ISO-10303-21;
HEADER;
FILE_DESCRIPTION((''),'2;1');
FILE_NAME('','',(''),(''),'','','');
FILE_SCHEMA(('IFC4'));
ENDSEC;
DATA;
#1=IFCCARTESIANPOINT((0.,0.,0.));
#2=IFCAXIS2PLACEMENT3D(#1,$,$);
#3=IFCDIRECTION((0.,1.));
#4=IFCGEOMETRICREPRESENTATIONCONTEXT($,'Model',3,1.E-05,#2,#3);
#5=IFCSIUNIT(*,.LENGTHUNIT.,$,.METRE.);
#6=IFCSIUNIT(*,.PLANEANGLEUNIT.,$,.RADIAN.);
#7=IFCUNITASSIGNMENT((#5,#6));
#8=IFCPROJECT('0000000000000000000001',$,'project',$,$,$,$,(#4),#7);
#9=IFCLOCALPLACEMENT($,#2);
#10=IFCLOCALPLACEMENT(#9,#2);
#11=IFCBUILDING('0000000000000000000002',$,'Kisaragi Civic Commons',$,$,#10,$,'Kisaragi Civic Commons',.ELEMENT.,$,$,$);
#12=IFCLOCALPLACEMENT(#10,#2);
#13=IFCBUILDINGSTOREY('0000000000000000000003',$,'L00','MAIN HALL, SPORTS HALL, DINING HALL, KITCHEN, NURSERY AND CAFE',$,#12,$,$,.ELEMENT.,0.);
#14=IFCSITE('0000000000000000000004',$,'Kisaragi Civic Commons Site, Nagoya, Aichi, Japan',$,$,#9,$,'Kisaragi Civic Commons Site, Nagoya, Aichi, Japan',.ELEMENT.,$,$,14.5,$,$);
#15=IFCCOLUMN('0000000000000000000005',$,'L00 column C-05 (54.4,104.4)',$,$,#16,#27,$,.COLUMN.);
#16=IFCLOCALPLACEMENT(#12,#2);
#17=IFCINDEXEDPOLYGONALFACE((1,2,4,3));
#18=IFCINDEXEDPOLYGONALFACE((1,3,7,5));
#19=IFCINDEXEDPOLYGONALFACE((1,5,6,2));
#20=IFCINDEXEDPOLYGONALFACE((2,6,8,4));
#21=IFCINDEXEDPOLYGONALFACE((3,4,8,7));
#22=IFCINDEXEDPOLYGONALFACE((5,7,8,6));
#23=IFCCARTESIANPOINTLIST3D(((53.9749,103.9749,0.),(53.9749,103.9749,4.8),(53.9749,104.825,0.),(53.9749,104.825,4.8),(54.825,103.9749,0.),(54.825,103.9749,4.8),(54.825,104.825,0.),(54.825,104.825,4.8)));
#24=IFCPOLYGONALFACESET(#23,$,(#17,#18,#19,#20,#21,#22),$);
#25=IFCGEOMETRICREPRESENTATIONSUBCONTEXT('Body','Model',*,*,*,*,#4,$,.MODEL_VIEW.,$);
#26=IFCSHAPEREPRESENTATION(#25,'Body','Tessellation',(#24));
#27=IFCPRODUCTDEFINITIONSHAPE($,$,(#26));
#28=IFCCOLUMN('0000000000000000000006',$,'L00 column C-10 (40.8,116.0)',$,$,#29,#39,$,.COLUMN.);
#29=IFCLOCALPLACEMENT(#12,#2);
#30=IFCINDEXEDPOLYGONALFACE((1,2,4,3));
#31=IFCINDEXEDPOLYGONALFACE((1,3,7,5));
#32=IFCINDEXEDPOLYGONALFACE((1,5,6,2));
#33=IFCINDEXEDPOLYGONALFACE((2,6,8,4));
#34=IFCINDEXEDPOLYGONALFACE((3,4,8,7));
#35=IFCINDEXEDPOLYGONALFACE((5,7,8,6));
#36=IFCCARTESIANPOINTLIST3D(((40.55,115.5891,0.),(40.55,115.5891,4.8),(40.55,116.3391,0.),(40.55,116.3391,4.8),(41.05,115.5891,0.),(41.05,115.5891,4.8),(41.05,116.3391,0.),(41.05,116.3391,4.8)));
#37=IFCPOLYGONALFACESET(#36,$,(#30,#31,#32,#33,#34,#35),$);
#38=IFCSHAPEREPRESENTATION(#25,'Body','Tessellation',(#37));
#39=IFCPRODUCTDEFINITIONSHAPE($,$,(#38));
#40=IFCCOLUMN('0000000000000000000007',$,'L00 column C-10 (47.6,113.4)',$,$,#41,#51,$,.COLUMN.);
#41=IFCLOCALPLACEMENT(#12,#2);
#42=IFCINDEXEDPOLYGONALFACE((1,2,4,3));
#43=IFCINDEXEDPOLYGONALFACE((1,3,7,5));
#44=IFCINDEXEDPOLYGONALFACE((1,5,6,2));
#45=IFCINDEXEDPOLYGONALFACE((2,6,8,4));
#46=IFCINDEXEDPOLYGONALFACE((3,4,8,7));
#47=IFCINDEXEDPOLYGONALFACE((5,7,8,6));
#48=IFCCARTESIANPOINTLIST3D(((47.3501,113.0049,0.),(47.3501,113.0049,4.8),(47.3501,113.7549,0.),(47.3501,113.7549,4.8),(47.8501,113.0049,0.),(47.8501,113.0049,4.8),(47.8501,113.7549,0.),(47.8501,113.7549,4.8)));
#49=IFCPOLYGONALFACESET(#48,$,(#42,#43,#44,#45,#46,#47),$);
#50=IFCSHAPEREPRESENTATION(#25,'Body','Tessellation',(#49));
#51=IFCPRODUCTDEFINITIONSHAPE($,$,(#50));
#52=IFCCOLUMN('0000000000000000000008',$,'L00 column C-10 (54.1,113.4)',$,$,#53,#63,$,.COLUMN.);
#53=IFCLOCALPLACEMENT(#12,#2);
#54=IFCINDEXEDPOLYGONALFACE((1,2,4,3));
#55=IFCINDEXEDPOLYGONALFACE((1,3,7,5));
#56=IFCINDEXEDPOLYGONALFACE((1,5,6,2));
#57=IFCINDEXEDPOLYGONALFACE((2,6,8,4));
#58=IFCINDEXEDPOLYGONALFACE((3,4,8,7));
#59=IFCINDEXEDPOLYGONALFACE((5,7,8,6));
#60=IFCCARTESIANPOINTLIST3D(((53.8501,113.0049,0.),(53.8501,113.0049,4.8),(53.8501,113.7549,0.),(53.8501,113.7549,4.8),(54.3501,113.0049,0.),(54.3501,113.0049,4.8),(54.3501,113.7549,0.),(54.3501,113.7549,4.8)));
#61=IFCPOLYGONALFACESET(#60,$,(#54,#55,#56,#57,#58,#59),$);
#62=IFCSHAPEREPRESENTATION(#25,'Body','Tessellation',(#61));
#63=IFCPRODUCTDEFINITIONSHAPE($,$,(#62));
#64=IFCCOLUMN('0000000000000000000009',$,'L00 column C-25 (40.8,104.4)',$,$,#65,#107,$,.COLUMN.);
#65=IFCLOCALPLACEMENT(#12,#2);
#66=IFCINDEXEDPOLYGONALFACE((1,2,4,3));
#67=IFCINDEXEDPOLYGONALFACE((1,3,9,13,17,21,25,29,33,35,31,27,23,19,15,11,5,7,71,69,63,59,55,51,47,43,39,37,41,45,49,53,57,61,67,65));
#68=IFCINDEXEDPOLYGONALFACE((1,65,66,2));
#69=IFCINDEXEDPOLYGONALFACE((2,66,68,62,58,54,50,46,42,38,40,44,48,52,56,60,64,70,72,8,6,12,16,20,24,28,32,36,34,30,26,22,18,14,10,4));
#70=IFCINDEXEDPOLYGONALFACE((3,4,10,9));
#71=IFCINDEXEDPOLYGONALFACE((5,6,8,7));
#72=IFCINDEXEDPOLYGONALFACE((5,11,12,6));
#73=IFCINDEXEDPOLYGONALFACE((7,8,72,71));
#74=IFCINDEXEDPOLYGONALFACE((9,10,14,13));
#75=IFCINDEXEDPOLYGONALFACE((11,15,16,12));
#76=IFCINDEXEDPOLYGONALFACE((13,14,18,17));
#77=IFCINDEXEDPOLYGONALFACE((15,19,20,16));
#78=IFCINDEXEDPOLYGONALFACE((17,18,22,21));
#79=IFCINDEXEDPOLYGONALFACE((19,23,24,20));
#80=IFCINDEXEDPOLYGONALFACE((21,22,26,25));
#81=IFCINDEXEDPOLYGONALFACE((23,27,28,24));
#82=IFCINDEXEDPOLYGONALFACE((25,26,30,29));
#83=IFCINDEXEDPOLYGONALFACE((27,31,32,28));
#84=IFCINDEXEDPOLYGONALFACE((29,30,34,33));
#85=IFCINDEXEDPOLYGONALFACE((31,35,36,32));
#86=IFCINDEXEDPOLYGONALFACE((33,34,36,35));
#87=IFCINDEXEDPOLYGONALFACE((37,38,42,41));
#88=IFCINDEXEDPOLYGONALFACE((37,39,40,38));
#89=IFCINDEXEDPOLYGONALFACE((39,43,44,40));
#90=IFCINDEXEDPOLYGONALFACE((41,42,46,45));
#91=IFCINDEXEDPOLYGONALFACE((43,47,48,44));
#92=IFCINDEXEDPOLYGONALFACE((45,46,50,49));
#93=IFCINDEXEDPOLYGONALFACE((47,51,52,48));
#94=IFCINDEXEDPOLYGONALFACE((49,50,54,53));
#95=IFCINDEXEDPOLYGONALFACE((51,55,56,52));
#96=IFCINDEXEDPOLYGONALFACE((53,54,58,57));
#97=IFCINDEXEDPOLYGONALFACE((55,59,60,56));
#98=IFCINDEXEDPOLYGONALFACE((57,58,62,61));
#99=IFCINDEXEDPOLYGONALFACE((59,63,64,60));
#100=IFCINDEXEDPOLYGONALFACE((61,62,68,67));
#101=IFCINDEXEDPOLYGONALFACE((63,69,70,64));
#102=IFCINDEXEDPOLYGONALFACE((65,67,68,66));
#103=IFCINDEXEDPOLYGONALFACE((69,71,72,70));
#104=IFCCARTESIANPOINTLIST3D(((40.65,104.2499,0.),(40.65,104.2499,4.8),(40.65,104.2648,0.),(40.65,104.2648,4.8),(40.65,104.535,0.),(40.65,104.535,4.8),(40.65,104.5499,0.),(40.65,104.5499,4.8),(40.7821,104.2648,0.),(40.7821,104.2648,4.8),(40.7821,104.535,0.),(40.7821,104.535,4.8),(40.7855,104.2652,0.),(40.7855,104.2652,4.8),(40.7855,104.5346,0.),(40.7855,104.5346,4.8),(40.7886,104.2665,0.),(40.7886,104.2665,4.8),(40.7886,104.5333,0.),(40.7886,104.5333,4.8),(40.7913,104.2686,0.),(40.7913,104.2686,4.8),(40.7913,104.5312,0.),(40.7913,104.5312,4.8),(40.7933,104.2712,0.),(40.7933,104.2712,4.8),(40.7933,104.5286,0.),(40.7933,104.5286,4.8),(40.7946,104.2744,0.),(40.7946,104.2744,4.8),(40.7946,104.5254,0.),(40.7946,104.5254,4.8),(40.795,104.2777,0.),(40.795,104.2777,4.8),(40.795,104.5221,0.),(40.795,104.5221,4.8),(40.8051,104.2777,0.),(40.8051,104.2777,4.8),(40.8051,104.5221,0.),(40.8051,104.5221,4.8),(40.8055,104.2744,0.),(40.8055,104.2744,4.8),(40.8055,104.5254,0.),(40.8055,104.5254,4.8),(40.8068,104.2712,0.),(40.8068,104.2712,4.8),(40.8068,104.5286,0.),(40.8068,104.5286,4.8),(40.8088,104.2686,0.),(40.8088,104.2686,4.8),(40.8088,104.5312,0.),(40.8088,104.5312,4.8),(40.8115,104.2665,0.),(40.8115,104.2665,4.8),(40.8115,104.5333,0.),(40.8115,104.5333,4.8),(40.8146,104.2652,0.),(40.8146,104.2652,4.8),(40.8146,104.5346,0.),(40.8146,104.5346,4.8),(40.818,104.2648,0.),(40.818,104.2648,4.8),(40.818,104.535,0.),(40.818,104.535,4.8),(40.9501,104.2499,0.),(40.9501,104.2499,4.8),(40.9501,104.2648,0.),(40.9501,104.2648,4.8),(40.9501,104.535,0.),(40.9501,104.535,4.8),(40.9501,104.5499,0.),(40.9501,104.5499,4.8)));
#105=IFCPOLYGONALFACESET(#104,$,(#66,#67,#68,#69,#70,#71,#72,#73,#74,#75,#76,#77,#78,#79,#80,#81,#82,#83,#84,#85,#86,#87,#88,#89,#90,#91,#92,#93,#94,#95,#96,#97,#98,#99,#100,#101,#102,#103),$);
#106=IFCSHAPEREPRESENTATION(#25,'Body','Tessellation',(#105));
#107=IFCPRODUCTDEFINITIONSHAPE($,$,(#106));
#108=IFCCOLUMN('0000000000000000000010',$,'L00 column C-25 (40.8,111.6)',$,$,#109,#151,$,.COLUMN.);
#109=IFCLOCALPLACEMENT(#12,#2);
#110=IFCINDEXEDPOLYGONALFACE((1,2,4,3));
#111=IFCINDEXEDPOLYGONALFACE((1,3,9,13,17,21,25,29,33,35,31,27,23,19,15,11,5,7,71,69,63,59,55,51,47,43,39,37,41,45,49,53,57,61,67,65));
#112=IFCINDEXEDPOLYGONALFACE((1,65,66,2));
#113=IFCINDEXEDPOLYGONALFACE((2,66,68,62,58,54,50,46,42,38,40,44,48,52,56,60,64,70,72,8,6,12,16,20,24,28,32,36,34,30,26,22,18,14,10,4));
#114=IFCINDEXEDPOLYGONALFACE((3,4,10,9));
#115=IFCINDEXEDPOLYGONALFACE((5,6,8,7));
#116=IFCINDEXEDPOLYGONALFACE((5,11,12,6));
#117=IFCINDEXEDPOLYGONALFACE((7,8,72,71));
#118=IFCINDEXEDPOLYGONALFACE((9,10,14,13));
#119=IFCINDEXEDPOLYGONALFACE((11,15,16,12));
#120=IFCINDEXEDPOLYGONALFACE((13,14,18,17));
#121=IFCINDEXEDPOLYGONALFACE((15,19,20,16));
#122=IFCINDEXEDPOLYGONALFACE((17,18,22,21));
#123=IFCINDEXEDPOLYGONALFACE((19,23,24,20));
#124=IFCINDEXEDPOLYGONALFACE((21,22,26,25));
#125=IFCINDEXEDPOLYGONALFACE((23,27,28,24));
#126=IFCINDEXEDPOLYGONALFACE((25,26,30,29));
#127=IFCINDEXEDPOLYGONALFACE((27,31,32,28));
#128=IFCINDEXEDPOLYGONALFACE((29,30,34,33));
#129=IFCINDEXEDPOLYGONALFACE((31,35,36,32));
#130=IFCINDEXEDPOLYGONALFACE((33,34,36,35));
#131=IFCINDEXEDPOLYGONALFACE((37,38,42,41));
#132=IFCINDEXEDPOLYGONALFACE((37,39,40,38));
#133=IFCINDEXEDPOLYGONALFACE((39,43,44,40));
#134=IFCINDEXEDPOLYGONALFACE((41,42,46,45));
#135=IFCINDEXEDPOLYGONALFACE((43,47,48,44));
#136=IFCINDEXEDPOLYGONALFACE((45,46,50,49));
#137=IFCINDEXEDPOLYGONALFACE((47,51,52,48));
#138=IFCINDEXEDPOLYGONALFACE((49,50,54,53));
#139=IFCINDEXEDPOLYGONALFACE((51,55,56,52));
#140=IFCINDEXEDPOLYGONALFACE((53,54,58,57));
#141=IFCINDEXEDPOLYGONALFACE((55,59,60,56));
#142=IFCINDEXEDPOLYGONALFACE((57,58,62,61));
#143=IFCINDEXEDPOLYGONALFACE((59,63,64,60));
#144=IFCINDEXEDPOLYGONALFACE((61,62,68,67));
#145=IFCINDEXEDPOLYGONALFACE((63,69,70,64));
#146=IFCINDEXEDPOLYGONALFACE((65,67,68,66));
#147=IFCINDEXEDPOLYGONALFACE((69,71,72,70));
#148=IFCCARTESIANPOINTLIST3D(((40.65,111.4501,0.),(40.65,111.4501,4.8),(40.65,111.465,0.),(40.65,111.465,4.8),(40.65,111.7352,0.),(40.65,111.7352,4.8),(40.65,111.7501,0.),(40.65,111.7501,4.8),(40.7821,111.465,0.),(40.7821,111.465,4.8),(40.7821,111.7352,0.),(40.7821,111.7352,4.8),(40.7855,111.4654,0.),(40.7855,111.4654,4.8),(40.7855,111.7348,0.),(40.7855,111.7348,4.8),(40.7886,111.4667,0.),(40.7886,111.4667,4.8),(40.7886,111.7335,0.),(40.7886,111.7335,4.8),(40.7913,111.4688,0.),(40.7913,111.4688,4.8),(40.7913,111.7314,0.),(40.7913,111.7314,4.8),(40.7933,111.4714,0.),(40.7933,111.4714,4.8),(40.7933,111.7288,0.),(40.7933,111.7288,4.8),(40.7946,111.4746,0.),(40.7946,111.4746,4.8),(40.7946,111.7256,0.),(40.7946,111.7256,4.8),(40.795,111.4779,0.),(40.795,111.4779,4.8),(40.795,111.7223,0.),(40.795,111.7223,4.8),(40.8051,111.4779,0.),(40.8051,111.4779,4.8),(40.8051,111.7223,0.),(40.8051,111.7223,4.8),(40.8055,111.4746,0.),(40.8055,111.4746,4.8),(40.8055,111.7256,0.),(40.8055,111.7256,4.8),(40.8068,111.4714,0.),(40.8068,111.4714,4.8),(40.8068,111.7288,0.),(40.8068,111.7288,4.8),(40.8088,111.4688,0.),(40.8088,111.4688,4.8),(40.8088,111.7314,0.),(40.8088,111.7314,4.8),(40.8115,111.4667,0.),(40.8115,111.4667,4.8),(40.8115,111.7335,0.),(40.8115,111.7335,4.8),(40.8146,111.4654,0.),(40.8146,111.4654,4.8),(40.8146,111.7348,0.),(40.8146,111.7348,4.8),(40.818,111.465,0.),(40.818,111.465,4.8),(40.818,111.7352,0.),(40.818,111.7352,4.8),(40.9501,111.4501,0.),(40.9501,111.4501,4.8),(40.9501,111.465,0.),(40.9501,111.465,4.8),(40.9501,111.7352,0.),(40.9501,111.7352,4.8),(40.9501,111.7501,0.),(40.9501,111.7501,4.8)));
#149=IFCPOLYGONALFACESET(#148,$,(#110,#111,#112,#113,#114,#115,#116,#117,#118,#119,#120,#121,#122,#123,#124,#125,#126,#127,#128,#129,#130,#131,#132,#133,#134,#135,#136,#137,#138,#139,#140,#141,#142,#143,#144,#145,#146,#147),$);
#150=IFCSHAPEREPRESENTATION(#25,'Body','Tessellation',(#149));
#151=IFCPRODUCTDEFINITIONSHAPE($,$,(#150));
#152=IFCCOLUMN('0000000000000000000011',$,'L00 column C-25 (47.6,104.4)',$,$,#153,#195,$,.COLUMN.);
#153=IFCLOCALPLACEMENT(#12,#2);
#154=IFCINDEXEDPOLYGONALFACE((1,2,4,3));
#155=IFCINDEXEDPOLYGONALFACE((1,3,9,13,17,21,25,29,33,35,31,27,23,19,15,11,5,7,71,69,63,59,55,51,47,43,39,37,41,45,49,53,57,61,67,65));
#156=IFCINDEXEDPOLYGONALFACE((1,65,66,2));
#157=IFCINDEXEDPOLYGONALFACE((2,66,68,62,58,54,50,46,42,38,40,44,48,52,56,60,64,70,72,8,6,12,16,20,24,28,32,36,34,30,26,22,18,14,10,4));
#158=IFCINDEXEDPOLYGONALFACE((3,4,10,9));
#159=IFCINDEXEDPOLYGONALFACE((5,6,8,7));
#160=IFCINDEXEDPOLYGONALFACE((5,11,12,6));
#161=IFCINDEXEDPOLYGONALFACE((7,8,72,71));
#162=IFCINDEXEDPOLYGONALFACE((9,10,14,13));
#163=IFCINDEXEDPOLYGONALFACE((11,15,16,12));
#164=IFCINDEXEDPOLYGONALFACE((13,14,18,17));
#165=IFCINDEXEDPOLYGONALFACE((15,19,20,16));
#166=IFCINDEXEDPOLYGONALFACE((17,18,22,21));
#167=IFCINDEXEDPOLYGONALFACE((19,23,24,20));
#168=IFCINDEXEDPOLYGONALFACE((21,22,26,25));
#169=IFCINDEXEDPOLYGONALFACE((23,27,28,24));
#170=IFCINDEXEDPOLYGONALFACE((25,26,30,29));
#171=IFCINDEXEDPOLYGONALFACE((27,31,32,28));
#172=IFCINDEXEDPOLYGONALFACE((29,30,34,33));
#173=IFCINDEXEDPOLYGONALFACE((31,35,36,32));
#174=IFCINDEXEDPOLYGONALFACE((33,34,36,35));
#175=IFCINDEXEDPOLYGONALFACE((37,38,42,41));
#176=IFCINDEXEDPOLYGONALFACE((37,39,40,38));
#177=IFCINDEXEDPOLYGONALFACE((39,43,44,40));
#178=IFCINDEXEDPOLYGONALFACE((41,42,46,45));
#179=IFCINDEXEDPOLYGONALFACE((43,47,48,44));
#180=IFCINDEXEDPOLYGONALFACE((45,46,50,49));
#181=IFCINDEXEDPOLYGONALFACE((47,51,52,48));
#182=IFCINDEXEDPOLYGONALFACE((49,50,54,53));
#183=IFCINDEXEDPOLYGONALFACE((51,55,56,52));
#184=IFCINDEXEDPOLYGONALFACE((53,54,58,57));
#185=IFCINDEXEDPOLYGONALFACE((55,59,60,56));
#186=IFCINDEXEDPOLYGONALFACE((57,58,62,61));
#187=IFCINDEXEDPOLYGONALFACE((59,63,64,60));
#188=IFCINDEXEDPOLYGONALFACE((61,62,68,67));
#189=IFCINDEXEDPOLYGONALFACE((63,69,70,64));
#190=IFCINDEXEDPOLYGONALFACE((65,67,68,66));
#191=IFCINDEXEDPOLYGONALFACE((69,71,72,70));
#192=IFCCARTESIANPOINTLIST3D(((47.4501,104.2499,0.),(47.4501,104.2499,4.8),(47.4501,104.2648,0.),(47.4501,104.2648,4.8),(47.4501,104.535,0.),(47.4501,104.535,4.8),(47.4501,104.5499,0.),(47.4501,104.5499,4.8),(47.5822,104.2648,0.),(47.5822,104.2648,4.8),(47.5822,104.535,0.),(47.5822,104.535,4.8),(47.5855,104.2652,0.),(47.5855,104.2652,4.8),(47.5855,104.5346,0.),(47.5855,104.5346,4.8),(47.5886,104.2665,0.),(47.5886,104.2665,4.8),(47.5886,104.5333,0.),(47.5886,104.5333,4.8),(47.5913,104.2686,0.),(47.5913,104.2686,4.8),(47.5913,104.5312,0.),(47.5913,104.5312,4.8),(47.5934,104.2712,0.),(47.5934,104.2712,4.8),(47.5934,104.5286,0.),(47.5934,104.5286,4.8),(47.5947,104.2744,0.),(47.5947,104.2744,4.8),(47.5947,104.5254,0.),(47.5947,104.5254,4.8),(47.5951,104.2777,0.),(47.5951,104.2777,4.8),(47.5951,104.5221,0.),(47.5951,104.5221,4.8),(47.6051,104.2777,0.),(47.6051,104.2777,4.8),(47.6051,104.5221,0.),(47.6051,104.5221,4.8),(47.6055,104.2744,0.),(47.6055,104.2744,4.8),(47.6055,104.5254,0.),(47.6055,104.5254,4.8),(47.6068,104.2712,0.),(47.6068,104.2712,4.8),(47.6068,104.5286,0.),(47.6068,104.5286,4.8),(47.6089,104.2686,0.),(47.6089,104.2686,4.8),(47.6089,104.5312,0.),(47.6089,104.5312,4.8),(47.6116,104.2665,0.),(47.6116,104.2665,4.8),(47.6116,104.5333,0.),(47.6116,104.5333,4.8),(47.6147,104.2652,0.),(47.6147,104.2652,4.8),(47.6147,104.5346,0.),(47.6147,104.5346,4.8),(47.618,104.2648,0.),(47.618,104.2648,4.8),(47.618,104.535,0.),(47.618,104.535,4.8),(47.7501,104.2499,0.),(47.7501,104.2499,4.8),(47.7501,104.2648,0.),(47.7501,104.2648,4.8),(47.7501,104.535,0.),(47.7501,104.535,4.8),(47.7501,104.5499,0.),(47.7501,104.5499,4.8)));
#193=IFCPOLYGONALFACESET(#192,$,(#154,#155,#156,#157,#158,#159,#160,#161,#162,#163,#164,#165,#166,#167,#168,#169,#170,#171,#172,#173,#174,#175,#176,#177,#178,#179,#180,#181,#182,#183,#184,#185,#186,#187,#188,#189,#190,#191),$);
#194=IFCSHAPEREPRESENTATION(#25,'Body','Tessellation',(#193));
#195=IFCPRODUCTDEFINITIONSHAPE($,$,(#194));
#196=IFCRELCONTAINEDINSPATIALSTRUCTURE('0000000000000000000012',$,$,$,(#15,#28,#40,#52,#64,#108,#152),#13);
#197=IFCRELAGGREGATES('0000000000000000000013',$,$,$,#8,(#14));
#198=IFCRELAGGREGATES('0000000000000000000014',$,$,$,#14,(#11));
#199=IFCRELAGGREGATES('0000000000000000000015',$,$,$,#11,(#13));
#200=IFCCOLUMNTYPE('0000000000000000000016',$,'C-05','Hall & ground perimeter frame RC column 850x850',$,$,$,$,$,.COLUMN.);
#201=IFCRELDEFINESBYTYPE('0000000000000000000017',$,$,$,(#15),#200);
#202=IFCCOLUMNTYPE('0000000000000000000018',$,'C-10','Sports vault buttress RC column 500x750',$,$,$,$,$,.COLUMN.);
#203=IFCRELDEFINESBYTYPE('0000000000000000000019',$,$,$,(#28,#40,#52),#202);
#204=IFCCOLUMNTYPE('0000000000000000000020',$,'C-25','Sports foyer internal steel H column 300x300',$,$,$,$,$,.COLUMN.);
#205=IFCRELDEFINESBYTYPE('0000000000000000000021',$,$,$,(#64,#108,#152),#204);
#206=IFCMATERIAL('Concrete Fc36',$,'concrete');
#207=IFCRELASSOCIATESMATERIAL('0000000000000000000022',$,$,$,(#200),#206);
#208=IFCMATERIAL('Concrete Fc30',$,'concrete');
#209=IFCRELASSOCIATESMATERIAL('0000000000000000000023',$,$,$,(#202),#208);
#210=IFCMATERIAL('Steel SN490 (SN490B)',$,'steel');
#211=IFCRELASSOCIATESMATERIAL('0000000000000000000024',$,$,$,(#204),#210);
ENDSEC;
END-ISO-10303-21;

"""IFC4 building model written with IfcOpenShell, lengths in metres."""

from ifc_helpers import new_model, si_unit, direction, frame, origin, origin_2d, place, context, subcontext, project, spatial, rectangle, i_section, extrude, material, material_profile, profile_set, type_object, element, save


model = new_model("IFC4")

# Units and contexts
model_context = context("Model", 3, precision=1e-05, world=origin(), true_north=direction((0.0, 1.0)))
body_context = subcontext(model_context, "Body", "Model", "MODEL_VIEW")
ifc_project = project(units=[si_unit("LENGTHUNIT", "METRE"), si_unit("PLANEANGLEUNIT", "RADIAN")], contexts=[model_context])

# Site, building, storey
site_placement = place(None, origin())
site = spatial("IfcSite", under=ifc_project, at=site_placement, Name="Kisaragi Civic Commons Site, Nagoya, Aichi, Japan", LongName="Kisaragi Civic Commons Site, Nagoya, Aichi, Japan", CompositionType="ELEMENT", RefElevation=14.5)
building_placement = place(site_placement, origin())
building = spatial("IfcBuilding", under=site, at=building_placement, Name="Kisaragi Civic Commons", LongName="Kisaragi Civic Commons", CompositionType="ELEMENT")
storey_placement = place(building_placement, origin())
storey = spatial("IfcBuildingStorey", under=building, at=storey_placement, Name="L00", Description="MAIN HALL, SPORTS HALL, DINING HALL, KITCHEN, NURSERY AND CAFE", CompositionType="ELEMENT", Elevation=0.0)

# Columns
ifc_material_1 = material(Name="Concrete Fc36", Category="concrete")
ifc_material_profile_1 = material_profile(ifc_material_1, rectangle(XDim=0.8501, YDim=0.8501, at=origin_2d()), Name="RC-850x850", Category="concrete")
ifc_profile_set_1 = profile_set([ifc_material_profile_1], Name="Concrete Fc36")
column_type_1 = type_object("IfcColumnType", Name="C-05", Description="Hall & ground perimeter frame RC column 850x850", PredefinedType="COLUMN", material=ifc_profile_set_1)
column_placement = place(storey_placement, frame((54.3999, 104.3999, 0.0), z_axis=(0.0, 0.0, 1.0), x_axis=(1.0, 0.0, 0.0)))
element("IfcColumn", 1, at=column_placement, inside=storey, type_object=column_type_1, Name="L00 column C-05 (54.4,104.4)", PredefinedType="COLUMN", context=body_context, shape_type="SweptSolid", body=[
    extrude(rectangle(XDim=0.8501, YDim=0.8501, at=origin_2d()), origin(), (0.0, 0.0, 1.0), 4.8),
])
ifc_material_2 = material(Name="Concrete Fc30", Category="concrete")
ifc_material_profile_2 = material_profile(ifc_material_2, rectangle(XDim=0.5, YDim=0.75, at=origin_2d()), Name="RC-500x750", Category="concrete")
ifc_profile_set_2 = profile_set([ifc_material_profile_2], Name="Concrete Fc30")
column_type_2 = type_object("IfcColumnType", Name="C-10", Description="Sports vault buttress RC column 500x750", PredefinedType="COLUMN", material=ifc_profile_set_2)
for number, where, z_axis, x_axis, name in (
    (2, (40.8, 115.9641, 0.0), (0.0, 0.0, 1.0), (1.0, 0.0, 0.0), "L00 column C-10 (40.8,116.0)"),
    (3, (47.6001, 113.3799, 0.0), (0.0, 0.0, 1.0), (1.0, 0.0, 0.0), "L00 column C-10 (47.6,113.4)"),
    (4, (54.1001, 113.3799, 0.0), (0.0, 0.0, 1.0), (1.0, 0.0, 0.0), "L00 column C-10 (54.1,113.4)"),
):
    element("IfcColumn", number, at=place(storey_placement, frame(where, z_axis=z_axis, x_axis=x_axis)), inside=storey, type_object=column_type_2, Name=name, PredefinedType="COLUMN", context=body_context, shape_type="SweptSolid", body=[
        extrude(rectangle(XDim=0.5, YDim=0.75, at=origin_2d()), origin(), (0.0, 0.0, 1.0), 4.8),
    ])
ifc_material_3 = material(Name="Steel SN490 (SN490B)", Category="steel")
ifc_material_profile_3 = material_profile(ifc_material_3, i_section(OverallWidth=0.3, OverallDepth=0.3, WebThickness=0.01, FlangeThickness=0.0149, FilletRadius=0.0129, at=origin_2d()), Name="H-300x300x10x15", Category="steel")
ifc_profile_set_3 = profile_set([ifc_material_profile_3], Name="Steel SN490 (SN490B)")
column_type_3 = type_object("IfcColumnType", Name="C-25", Description="Sports foyer internal steel H column 300x300", PredefinedType="COLUMN", material=ifc_profile_set_3)
for number, where, z_axis, x_axis, name in (
    (5, (40.8, 104.3999, 0.0), (0.0, 0.0, 1.0), (1.0, 0.0, 0.0), "L00 column C-25 (40.8,104.4)"),
    (6, (40.8, 111.6001, 0.0), (0.0, 0.0, 1.0), (1.0, 0.0, 0.0), "L00 column C-25 (40.8,111.6)"),
    (7, (47.6001, 104.3999, 0.0), (0.0, 0.0, 1.0), (1.0, 0.0, 0.0), "L00 column C-25 (47.6,104.4)"),
):
    element("IfcColumn", number, at=place(storey_placement, frame(where, z_axis=z_axis, x_axis=x_axis)), inside=storey, type_object=column_type_3, Name=name, PredefinedType="COLUMN", context=body_context, shape_type="SweptSolid", body=[
        extrude(i_section(OverallWidth=0.3, OverallDepth=0.3, WebThickness=0.01, FlangeThickness=0.0149, FilletRadius=0.0129, at=origin_2d()), origin(), (0.0, 0.0, 1.0), 4.8),
    ])

save(model, "model.ifc")
